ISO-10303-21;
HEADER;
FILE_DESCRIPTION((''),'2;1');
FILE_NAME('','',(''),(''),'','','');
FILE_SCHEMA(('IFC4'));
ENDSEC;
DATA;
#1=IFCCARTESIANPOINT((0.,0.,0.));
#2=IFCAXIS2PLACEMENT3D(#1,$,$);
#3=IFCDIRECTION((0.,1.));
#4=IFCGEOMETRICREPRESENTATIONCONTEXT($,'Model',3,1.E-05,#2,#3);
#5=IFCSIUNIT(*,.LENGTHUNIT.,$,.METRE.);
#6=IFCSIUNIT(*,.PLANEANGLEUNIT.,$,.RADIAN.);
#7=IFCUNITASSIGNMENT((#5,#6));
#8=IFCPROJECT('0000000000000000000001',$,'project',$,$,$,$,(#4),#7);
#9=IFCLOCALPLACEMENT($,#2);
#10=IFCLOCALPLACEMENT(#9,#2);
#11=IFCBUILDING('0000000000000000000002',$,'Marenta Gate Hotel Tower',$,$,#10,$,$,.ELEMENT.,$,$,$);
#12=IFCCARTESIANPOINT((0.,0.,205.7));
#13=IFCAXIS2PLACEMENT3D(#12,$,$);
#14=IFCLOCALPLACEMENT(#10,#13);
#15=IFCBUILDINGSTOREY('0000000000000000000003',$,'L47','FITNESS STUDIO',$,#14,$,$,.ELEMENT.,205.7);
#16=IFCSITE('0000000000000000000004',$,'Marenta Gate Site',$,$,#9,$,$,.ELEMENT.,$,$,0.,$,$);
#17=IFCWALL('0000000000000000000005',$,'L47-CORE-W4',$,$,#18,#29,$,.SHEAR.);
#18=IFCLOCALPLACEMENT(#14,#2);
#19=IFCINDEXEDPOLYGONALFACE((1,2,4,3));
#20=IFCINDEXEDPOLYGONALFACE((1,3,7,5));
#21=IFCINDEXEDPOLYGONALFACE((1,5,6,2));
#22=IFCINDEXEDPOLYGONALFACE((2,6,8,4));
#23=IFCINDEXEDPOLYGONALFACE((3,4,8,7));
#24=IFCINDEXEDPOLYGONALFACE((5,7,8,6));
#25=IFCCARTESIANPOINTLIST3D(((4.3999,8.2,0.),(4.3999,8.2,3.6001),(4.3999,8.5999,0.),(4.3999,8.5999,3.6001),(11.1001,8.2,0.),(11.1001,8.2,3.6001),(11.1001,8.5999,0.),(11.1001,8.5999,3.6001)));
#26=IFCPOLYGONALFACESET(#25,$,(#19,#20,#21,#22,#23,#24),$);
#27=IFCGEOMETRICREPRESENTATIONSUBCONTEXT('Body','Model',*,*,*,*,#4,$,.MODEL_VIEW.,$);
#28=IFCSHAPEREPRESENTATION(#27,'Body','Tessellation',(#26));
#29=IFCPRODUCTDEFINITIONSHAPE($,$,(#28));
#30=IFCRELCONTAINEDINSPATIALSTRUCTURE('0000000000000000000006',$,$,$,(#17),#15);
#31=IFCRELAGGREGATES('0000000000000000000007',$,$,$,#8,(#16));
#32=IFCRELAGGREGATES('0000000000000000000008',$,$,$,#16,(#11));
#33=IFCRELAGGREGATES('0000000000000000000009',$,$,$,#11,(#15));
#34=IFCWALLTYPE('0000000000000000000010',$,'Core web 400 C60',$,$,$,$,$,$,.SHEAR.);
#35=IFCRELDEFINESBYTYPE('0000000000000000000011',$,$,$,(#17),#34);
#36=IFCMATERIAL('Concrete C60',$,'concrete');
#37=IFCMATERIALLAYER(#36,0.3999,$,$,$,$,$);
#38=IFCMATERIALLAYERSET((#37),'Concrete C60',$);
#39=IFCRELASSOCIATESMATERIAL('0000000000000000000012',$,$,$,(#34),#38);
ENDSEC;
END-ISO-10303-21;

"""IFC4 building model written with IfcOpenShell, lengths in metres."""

from ifc_helpers import new_model, si_unit, direction, frame, frame_2d, origin, place, context, subcontext, project, spatial, rectangle, extrude, material, layer, layer_set, type_object, element, save


model = new_model("IFC4")

# Units and contexts
model_context = context("Model", 3, precision=1e-05, world=origin(), true_north=direction((0.0, 1.0)))
body_context = subcontext(model_context, "Body", "Model", "MODEL_VIEW")
ifc_project = project(units=[si_unit("LENGTHUNIT", "METRE"), si_unit("PLANEANGLEUNIT", "RADIAN")], contexts=[model_context])

# Site, building, storey
site_placement = place(None, origin())
site = spatial("IfcSite", under=ifc_project, at=site_placement, Name="Marenta Gate Site", CompositionType="ELEMENT", RefElevation=0.0)
building_placement = place(site_placement, origin())
building = spatial("IfcBuilding", under=site, at=building_placement, Name="Marenta Gate Hotel Tower", CompositionType="ELEMENT")
storey_placement = place(building_placement, frame((0.0, 0.0, 205.7)))
storey = spatial("IfcBuildingStorey", under=building, at=storey_placement, Name="L47", Description="FITNESS STUDIO", CompositionType="ELEMENT", Elevation=205.7)

# Shared definitions
ifc_material_1 = material(Name="Concrete C60", Category="concrete")
ifc_layer_1 = layer(ifc_material_1, 0.3999)
ifc_layer_set_1 = layer_set([ifc_layer_1], Name="Concrete C60")
wall_type_1 = type_object("IfcWallType", Name="Core web 400 C60", PredefinedType="SHEAR", material=ifc_layer_set_1)

# Wall
wall_1_placement = place(storey_placement, frame((4.3999, 8.3999, 0.0), z_axis=(0.0, 0.0, 1.0), x_axis=(1.0, 0.0, 0.0)))
element("IfcWall", 1, at=wall_1_placement, inside=storey, type_object=wall_type_1, Name="L47-CORE-W4", PredefinedType="SHEAR", context=body_context, shape_type="SweptSolid", body=[
    extrude(rectangle(XDim=6.7002, YDim=0.3999, at=frame_2d((3.3501, 0.0))), origin(), (0.0, 0.0, 1.0), 3.6001),
])

save(model, "model.ifc")
